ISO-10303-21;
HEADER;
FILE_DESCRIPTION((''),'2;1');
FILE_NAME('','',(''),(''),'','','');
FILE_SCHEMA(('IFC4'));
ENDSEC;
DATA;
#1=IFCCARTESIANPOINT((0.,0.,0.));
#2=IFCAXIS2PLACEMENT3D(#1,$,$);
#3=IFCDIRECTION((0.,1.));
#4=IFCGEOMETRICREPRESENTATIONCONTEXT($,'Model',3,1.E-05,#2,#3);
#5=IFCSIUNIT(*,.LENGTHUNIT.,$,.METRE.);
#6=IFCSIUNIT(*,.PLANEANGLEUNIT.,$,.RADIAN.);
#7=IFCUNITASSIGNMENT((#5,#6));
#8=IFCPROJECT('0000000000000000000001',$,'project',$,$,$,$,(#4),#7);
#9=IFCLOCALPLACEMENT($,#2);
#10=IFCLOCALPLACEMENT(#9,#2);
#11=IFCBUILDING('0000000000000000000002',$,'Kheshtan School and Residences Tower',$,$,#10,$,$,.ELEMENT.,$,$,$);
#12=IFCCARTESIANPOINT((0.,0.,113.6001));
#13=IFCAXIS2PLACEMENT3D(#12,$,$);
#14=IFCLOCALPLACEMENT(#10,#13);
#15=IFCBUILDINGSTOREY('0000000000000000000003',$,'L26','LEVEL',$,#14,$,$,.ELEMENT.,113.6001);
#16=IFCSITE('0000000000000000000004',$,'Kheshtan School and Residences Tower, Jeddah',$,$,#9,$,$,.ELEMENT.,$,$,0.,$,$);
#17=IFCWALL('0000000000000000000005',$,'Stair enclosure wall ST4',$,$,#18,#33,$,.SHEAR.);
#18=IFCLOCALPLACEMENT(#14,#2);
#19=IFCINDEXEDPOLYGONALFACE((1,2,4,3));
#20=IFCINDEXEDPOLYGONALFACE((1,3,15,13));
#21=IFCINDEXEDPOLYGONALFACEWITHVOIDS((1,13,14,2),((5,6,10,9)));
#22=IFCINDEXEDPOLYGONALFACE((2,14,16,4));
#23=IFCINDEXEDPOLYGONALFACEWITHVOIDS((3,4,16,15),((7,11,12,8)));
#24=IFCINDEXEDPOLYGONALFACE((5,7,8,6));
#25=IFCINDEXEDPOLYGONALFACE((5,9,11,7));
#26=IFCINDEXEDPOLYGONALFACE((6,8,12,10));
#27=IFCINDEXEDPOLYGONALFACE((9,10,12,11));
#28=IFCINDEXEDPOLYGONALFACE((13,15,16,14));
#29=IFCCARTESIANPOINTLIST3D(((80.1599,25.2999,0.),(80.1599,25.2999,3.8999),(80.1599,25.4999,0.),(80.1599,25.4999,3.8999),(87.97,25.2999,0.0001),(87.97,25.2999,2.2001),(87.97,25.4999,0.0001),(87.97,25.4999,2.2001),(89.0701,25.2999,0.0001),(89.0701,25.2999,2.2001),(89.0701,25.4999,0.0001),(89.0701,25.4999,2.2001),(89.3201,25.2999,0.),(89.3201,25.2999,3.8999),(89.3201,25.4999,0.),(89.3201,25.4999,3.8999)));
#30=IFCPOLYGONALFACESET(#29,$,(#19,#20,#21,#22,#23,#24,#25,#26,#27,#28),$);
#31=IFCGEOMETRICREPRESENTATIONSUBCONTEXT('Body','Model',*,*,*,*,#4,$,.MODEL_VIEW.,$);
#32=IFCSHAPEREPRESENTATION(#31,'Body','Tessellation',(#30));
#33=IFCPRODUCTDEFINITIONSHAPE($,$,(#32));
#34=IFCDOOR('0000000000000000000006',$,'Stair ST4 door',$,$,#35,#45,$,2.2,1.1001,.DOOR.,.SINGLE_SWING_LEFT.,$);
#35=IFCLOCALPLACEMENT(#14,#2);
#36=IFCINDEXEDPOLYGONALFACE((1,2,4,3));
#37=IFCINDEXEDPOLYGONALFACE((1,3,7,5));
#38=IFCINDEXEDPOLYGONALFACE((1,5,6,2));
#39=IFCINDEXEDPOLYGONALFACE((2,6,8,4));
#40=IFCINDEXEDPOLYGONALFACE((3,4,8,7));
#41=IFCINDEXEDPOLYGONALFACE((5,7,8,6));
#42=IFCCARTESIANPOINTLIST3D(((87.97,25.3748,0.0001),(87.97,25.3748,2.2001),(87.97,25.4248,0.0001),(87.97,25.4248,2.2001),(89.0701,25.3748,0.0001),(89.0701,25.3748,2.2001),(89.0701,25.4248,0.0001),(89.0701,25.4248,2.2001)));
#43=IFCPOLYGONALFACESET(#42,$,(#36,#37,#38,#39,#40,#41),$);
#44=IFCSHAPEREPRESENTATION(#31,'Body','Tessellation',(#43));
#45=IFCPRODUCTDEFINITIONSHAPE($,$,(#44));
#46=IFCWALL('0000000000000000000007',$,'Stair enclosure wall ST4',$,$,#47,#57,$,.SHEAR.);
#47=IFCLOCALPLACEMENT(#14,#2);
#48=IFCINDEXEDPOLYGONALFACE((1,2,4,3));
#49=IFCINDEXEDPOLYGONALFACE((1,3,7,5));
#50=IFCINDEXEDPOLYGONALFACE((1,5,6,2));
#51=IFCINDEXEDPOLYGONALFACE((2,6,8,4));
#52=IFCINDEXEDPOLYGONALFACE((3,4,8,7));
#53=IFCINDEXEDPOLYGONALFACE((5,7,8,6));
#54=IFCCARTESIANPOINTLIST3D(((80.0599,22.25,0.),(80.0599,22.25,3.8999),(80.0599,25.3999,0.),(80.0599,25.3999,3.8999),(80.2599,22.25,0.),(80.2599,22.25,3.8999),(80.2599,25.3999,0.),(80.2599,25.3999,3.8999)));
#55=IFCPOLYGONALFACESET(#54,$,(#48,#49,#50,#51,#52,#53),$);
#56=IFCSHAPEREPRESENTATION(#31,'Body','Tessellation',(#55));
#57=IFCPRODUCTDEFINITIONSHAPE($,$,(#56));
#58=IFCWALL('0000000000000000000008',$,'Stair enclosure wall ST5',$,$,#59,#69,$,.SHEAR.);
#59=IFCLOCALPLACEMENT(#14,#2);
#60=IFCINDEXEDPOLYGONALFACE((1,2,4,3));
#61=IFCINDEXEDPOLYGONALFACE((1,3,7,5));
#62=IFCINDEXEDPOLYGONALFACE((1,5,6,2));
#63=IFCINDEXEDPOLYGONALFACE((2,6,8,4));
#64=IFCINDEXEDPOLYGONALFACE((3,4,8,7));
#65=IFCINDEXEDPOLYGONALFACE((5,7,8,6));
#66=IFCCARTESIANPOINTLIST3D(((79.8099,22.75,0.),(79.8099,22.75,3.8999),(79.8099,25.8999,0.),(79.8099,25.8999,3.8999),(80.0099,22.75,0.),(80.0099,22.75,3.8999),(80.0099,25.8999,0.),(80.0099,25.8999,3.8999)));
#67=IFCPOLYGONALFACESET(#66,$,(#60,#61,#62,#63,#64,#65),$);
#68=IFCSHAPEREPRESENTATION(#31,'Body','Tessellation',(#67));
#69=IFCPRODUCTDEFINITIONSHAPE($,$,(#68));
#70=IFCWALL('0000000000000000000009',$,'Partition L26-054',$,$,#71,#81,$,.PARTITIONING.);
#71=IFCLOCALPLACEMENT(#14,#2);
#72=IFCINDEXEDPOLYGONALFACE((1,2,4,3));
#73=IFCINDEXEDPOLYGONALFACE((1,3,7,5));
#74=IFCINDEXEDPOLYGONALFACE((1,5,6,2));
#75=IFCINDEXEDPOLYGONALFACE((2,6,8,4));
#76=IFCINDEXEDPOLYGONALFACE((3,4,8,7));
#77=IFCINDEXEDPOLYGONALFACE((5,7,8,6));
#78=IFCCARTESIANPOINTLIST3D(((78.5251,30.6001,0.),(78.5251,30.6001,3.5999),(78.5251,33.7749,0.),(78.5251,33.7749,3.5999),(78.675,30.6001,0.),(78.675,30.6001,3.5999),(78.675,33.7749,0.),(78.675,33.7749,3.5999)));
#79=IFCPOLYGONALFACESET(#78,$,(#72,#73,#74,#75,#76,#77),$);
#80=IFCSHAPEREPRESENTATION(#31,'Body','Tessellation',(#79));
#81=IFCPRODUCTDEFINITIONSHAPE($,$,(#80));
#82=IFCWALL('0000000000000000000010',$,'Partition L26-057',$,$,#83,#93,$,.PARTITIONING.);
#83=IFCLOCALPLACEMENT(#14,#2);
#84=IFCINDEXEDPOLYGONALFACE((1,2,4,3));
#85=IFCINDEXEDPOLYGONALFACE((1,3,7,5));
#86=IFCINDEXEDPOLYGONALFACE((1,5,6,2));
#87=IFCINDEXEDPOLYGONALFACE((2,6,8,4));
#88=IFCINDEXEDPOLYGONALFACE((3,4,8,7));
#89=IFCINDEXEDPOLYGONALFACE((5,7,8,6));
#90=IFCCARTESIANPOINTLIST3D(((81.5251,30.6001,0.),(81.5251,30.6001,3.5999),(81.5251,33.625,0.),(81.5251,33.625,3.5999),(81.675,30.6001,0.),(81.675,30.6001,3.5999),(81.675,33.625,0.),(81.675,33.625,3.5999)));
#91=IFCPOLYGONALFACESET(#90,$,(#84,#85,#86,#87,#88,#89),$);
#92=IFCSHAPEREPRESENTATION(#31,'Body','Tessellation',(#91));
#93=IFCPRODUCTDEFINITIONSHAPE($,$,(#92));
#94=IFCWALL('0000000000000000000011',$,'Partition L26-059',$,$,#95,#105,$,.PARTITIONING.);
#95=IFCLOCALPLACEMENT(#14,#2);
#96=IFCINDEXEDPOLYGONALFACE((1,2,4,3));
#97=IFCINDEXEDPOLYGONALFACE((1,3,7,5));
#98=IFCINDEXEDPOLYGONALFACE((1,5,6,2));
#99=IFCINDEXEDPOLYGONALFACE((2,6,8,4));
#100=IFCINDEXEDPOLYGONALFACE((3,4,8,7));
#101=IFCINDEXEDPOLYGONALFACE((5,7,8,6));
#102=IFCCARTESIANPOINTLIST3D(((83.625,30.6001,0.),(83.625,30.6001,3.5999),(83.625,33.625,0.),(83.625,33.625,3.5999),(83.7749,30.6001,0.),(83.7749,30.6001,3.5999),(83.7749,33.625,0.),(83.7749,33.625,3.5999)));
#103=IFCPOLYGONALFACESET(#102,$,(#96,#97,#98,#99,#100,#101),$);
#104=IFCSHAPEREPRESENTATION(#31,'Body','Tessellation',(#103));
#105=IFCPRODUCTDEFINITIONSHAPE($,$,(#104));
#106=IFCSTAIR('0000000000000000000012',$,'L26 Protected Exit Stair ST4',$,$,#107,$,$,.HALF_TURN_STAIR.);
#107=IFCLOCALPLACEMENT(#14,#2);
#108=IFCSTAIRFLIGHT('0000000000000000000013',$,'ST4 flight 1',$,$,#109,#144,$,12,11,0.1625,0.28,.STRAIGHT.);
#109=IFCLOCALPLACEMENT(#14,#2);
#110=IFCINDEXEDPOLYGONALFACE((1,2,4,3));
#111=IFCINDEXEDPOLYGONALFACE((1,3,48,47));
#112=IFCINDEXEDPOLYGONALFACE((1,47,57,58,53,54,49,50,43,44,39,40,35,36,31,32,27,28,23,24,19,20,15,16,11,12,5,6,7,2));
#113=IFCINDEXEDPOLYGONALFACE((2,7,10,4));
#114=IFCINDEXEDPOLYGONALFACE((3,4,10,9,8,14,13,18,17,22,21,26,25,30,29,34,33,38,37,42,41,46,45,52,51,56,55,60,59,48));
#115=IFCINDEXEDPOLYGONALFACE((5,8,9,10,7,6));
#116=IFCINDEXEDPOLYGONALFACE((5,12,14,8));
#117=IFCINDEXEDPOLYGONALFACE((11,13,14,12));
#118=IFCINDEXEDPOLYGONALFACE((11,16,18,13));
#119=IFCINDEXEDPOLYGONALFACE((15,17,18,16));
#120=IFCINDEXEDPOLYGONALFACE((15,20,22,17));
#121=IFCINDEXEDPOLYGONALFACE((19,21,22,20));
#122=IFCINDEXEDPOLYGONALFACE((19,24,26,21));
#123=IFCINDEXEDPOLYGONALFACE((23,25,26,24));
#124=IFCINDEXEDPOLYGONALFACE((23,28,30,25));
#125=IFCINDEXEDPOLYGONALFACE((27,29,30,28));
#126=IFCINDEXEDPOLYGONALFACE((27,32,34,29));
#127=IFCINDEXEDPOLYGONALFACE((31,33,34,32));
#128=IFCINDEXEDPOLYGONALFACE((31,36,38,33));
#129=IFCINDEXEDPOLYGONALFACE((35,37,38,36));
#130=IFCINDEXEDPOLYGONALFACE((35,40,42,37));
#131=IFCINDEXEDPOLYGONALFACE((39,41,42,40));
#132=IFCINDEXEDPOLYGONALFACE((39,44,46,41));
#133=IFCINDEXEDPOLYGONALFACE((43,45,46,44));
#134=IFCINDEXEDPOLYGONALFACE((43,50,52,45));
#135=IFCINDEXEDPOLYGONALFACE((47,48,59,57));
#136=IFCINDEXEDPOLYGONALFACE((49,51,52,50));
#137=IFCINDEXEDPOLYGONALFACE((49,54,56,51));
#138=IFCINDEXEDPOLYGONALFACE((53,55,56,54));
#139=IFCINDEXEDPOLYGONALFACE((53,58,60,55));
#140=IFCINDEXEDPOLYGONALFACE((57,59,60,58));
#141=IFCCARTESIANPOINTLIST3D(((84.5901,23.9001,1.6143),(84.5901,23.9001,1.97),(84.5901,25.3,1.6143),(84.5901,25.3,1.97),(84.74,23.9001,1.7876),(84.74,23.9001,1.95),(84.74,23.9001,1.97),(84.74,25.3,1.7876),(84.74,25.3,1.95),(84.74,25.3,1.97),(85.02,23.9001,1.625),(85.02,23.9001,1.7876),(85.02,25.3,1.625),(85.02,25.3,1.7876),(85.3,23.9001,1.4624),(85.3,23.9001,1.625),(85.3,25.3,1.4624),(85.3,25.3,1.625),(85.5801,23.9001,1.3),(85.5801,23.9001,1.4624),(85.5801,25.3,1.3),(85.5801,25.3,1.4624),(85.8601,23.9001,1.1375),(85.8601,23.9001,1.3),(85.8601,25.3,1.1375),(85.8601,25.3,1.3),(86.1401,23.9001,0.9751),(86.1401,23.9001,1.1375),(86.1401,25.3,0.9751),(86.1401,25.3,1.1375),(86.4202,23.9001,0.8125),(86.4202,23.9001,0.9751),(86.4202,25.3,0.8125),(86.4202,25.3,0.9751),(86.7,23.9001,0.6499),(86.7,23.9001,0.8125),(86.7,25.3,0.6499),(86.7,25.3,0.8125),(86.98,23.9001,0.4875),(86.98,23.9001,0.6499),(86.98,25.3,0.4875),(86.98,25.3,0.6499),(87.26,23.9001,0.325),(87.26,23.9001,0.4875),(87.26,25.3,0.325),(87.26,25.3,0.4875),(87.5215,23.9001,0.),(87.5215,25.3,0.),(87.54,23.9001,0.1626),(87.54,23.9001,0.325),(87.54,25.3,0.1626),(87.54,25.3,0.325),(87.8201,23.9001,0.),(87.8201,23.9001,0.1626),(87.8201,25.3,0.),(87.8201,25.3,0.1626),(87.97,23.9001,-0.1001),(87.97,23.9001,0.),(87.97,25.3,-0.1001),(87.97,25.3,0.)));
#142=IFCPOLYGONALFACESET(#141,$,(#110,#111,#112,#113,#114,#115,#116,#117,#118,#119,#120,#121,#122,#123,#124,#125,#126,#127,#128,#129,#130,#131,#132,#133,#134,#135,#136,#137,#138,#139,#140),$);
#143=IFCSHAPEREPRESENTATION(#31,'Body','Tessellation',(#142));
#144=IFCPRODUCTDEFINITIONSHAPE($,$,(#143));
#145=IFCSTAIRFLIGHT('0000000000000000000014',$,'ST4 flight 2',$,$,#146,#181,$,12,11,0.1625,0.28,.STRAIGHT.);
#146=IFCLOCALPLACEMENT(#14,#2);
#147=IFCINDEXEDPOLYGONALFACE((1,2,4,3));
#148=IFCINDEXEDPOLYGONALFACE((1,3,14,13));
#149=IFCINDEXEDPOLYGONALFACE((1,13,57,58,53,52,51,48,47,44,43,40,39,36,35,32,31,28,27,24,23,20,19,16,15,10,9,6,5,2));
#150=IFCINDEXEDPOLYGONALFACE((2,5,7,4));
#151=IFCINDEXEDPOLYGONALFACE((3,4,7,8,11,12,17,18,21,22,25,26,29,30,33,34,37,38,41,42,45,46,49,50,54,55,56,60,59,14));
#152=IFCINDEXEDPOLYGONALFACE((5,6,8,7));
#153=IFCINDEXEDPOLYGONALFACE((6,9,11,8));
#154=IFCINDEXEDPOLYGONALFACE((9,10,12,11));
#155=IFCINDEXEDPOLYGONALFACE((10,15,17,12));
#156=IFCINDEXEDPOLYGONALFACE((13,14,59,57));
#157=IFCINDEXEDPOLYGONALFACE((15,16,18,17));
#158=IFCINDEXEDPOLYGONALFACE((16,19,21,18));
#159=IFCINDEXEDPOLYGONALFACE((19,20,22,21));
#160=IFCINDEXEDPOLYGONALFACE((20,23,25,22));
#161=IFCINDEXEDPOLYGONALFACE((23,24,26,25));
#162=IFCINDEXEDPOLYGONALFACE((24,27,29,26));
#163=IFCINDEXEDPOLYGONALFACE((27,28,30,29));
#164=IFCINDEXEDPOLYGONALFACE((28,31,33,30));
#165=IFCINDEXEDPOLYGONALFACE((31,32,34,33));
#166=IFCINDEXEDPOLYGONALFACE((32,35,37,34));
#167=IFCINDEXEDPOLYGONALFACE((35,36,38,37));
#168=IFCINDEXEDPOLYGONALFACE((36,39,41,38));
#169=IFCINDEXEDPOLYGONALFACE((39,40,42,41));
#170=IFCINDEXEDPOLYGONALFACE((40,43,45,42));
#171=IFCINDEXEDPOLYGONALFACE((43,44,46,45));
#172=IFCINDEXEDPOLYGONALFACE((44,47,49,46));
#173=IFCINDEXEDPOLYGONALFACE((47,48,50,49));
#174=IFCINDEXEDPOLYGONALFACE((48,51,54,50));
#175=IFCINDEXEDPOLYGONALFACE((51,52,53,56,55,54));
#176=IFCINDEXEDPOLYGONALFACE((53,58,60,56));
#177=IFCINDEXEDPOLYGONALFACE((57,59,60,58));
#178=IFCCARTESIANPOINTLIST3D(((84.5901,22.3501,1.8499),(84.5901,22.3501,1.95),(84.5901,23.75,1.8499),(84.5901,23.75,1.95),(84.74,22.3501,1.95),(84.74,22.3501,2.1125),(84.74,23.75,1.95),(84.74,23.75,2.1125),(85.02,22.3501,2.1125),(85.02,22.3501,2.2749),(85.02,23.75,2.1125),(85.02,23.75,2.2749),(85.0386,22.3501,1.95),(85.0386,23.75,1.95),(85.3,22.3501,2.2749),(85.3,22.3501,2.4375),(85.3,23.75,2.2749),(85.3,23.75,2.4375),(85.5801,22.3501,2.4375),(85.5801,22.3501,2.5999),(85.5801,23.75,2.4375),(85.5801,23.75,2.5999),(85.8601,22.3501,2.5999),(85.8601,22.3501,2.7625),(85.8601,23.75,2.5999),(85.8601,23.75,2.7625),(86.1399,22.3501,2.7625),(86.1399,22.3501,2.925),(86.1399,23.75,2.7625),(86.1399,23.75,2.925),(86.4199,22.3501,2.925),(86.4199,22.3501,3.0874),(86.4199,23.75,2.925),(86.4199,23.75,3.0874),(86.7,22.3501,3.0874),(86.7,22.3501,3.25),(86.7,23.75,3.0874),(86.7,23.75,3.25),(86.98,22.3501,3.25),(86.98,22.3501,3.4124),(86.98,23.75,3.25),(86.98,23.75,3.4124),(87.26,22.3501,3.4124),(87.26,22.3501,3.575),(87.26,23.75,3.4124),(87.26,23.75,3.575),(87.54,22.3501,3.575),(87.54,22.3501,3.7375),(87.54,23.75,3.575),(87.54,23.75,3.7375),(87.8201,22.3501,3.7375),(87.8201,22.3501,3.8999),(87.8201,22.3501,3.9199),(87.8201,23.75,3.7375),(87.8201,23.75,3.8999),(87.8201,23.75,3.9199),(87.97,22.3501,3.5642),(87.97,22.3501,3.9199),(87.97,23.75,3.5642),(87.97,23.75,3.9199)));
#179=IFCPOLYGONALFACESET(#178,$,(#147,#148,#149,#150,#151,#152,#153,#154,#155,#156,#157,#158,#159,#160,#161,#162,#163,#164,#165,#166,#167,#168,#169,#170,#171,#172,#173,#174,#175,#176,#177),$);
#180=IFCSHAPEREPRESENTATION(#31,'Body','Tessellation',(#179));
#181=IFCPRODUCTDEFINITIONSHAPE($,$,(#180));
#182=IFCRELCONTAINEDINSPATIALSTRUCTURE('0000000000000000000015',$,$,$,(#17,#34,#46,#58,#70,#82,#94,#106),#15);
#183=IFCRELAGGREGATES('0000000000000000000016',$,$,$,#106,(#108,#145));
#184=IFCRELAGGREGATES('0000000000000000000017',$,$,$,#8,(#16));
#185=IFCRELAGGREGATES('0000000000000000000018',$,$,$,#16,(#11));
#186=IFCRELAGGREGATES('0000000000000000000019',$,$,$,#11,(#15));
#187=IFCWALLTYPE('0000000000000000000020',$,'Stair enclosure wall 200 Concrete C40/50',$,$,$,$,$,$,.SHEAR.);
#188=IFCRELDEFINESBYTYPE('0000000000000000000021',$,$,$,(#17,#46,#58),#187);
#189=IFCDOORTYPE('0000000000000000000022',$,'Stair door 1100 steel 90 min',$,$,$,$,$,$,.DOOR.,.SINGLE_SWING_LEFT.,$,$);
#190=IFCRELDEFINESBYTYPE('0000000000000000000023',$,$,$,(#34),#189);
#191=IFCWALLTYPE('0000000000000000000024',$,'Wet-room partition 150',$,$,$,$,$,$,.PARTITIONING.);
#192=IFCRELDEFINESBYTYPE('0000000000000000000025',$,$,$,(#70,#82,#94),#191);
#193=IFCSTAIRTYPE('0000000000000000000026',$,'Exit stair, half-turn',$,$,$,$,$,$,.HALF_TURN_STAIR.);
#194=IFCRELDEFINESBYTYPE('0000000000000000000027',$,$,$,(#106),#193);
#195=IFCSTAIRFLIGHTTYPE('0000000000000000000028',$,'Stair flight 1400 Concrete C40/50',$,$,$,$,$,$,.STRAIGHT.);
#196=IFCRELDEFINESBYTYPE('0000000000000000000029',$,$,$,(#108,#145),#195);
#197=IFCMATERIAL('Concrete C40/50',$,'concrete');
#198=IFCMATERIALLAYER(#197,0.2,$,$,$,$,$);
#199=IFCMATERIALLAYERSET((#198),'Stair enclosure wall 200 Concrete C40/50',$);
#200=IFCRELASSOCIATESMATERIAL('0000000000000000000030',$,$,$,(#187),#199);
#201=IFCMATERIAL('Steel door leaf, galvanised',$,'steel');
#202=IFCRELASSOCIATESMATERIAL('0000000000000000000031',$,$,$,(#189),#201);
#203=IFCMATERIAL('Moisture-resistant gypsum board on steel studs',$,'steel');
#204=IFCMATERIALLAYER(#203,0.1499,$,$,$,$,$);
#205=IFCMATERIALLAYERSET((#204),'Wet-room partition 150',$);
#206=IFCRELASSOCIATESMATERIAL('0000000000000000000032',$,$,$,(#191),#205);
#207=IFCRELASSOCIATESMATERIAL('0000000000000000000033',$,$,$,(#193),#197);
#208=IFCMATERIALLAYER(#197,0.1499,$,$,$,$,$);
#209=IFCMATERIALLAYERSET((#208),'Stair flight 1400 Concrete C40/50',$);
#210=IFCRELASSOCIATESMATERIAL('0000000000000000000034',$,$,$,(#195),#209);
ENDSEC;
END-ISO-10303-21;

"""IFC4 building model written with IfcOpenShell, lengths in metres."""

from ifc_helpers import new_model, si_unit, direction, frame, frame_2d, origin, place, context, subcontext, project, spatial, polyline, rectangle, outline, extrude, source, transform, mapped, material, layer, layer_set, type_object, element, fill, aggregate, save


model = new_model("IFC4")

# Units and contexts
model_context = context("Model", 3, precision=1e-05, world=origin(), true_north=direction((0.0, 1.0)))
body_context = subcontext(model_context, "Body", "Model", "MODEL_VIEW")
ifc_project = project(units=[si_unit("LENGTHUNIT", "METRE"), si_unit("PLANEANGLEUNIT", "RADIAN")], contexts=[model_context])

# Site, building, storey
site_placement = place(None, origin())
site = spatial("IfcSite", under=ifc_project, at=site_placement, Name="Kheshtan School and Residences Tower, Jeddah", CompositionType="ELEMENT", RefElevation=0.0)
building_placement = place(site_placement, origin())
building = spatial("IfcBuilding", under=site, at=building_placement, Name="Kheshtan School and Residences Tower", CompositionType="ELEMENT")
storey_placement = place(building_placement, frame((0.0, 0.0, 113.6001)))
storey = spatial("IfcBuildingStorey", under=building, at=storey_placement, Name="L26", Description="LEVEL", CompositionType="ELEMENT", Elevation=113.6001)

# Shared definitions
ifc_material_1 = material(Name="Concrete C40/50", Category="concrete")
ifc_layer_1 = layer(ifc_material_1, 0.2)
ifc_layer_set_1 = layer_set([ifc_layer_1], Name="Stair enclosure wall 200 Concrete C40/50")
wall_type_1 = type_object("IfcWallType", Name="Stair enclosure wall 200 Concrete C40/50", PredefinedType="SHEAR", material=ifc_layer_set_1)

# Wall, opening, door
wall_1_placement = place(storey_placement, frame((80.1599, 25.3999, 0.0), z_axis=(0.0, 0.0, 1.0), x_axis=(1.0, 0.0, 0.0)))
wall_1 = element("IfcWall", 1, at=wall_1_placement, inside=storey, type_object=wall_type_1, Name="Stair enclosure wall ST4", PredefinedType="SHEAR", context=body_context, shape_type="SweptSolid", body=[
    extrude(rectangle(XDim=9.1602, YDim=0.2, at=frame_2d((4.5801, 0.0))), origin(), (0.0, 0.0, 1.0), 3.8999),
])
opening_placement = place(wall_1_placement, frame((7.8101, 0.0, 0.0)))
opening = element("IfcOpeningElement", 2, at=opening_placement, cuts=wall_1, PredefinedType="OPENING", context=body_context, shape_type="SweptSolid", body=[
    extrude(rectangle(XDim=1.1001, YDim=2.2, at=frame_2d((0.55, 1.1001))), frame((0.0, 0.1099, 0.0), z_axis=(0.0, -1.0, 0.0), x_axis=(1.0, 0.0, 0.0)), (0.0, 0.0, 1.0), 0.22),
])
ifc_material_2 = material(Name="Steel door leaf, galvanised", Category="steel")
door_type = type_object("IfcDoorType", Name="Stair door 1100 steel 90 min", OperationType="SINGLE_SWING_LEFT", PredefinedType="DOOR", material=ifc_material_2)
shared_shape = source(origin(), body_context, "Body", "SweptSolid", [
    extrude(rectangle(XDim=1.1001, YDim=2.2, at=frame_2d((0.55, 1.1001))), frame((0.0, 0.0249, 0.0), z_axis=(0.0, -1.0, 0.0), x_axis=(1.0, 0.0, 0.0)), (0.0, 0.0, 1.0), 0.05),
])
door_placement = place(opening_placement, origin())
door = element("IfcDoor", 3, at=door_placement, inside=storey, type_object=door_type, Name="Stair ST4 door", OperationType="SINGLE_SWING_LEFT", OverallHeight=2.2, OverallWidth=1.1001, PredefinedType="DOOR", context=body_context, shape_type="MappedRepresentation", body=[
    mapped(shared_shape, transform((0.0, 0.0, 0.0), x_axis=(1.0, 0.0, 0.0), y_axis=(0.0, 1.0, 0.0), z_axis=(0.0, 0.0, 1.0), scale=1.0)),
])
fill(opening, door)

# Walls
for number, where, z_axis, x_axis, name in (
    (4, (80.1599, 22.25, 0.0), (0.0, 0.0, 1.0), (0.0, 1.0, 0.0), "Stair enclosure wall ST4"),
    (5, (79.9099, 22.75, 0.0), (0.0, 0.0, 1.0), (0.0, 1.0, 0.0), "Stair enclosure wall ST5"),
):
    element("IfcWall", number, at=place(storey_placement, frame(where, z_axis=z_axis, x_axis=x_axis)), inside=storey, type_object=wall_type_1, Name=name, PredefinedType="SHEAR", context=body_context, shape_type="SweptSolid", body=[
        extrude(rectangle(XDim=3.1499, YDim=0.2, at=frame_2d((1.575, 0.0))), origin(), (0.0, 0.0, 1.0), 3.8999),
    ])
ifc_material_3 = material(Name="Moisture-resistant gypsum board on steel studs", Category="steel")
ifc_layer_2 = layer(ifc_material_3, 0.1499)
ifc_layer_set_2 = layer_set([ifc_layer_2], Name="Wet-room partition 150")
wall_type_2 = type_object("IfcWallType", Name="Wet-room partition 150", PredefinedType="PARTITIONING", material=ifc_layer_set_2)
wall_2_placement = place(storey_placement, frame((78.6001, 30.6001, 0.0), z_axis=(0.0, 0.0, 1.0), x_axis=(0.0, 1.0, 0.0)))
element("IfcWall", 6, at=wall_2_placement, inside=storey, type_object=wall_type_2, Name="Partition L26-054", PredefinedType="PARTITIONING", context=body_context, shape_type="SweptSolid", body=[
    extrude(rectangle(XDim=3.1748, YDim=0.1499, at=frame_2d((1.5874, 0.0))), origin(), (0.0, 0.0, 1.0), 3.5999),
])
for number, where, z_axis, x_axis, name in (
    (7, (81.6001, 30.6001, 0.0), (0.0, 0.0, 1.0), (0.0, 1.0, 0.0), "Partition L26-057"),
    (8, (83.7, 30.6001, 0.0), (0.0, 0.0, 1.0), (0.0, 1.0, 0.0), "Partition L26-059"),
):
    element("IfcWall", number, at=place(storey_placement, frame(where, z_axis=z_axis, x_axis=x_axis)), inside=storey, type_object=wall_type_2, Name=name, PredefinedType="PARTITIONING", context=body_context, shape_type="SweptSolid", body=[
        extrude(rectangle(XDim=3.0249, YDim=0.1499, at=frame_2d((1.5125, 0.0))), origin(), (0.0, 0.0, 1.0), 3.5999),
    ])

# Stair, stair flights
stair_type = type_object("IfcStairType", Name="Exit stair, half-turn", PredefinedType="HALF_TURN_STAIR", material=ifc_material_1)
stair_1_placement = place(storey_placement, origin())
stair_1 = element("IfcStair", 9, at=stair_1_placement, inside=storey, type_object=stair_type, Name="L26 Protected Exit Stair ST4", PredefinedType="HALF_TURN_STAIR")
ifc_layer_3 = layer(ifc_material_1, 0.1499)
ifc_layer_set_3 = layer_set([ifc_layer_3], Name="Stair flight 1400 Concrete C40/50")
stair_flight_type = type_object("IfcStairFlightType", Name="Stair flight 1400 Concrete C40/50", PredefinedType="STRAIGHT", material=ifc_layer_set_3)
stair_flight_1_placement = place(storey_placement, frame((87.8201, 24.6001, 0.0), z_axis=(0.0, 0.0, 1.0), x_axis=(-1.0, 0.0, 0.0)))
stair_flight_1 = element("IfcStairFlight", 10, at=stair_flight_1_placement, type_object=stair_flight_type, Name="ST4 flight 1", NumberOfRisers=12, NumberOfTreads=11, PredefinedType="STRAIGHT", RiserHeight=0.1625, TreadLength=0.28, context=body_context, shape_type="SweptSolid", body=[
    extrude(outline(polyline([(-0.1499, -0.1001), (-0.1499, 0.0), (0.0, 0.0), (0.0, 0.1626), (0.28, 0.1626), (0.28, 0.325), (0.5601, 0.325), (0.5601, 0.4875), (0.8401, 0.4875), (0.8401, 0.6499), (1.1201, 0.6499), (1.1201, 0.8125), (1.3999, 0.8125), (1.3999, 0.9751), (1.6799, 0.9751), (1.6799, 1.1375), (1.96, 1.1375), (1.96, 1.3), (2.24, 1.3), (2.24, 1.4624), (2.52, 1.4624), (2.52, 1.625), (2.8, 1.625), (2.8, 1.7876), (3.0801, 1.7876), (3.0801, 1.95), (3.0801, 1.97), (3.23, 1.97), (3.23, 1.6143), (0.2986, 0.0), (-0.1499, -0.1001)])), frame((0.0, 0.7, 0.0), z_axis=(0.0, -1.0, 0.0), x_axis=(1.0, 0.0, 0.0)), (0.0, 0.0, 1.0), 1.3999),
])
stair_flight_2_placement = place(storey_placement, frame((84.74, 23.05, 1.95), z_axis=(0.0, 0.0, 1.0), x_axis=(1.0, 0.0, 0.0)))
stair_flight_2 = element("IfcStairFlight", 11, at=stair_flight_2_placement, type_object=stair_flight_type, Name="ST4 flight 2", NumberOfRisers=12, NumberOfTreads=11, PredefinedType="STRAIGHT", RiserHeight=0.1625, TreadLength=0.28, context=body_context, shape_type="SweptSolid", body=[
    extrude(outline(polyline([(-0.1499, -0.1001), (-0.1499, 0.0), (0.0, 0.0), (0.0, 0.1626), (0.28, 0.1626), (0.28, 0.325), (0.5601, 0.325), (0.5601, 0.4875), (0.8401, 0.4875), (0.8401, 0.6499), (1.1201, 0.6499), (1.1201, 0.8125), (1.3999, 0.8125), (1.3999, 0.9751), (1.6799, 0.9751), (1.6799, 1.1375), (1.96, 1.1375), (1.96, 1.3), (2.24, 1.3), (2.24, 1.4624), (2.52, 1.4624), (2.52, 1.625), (2.8, 1.625), (2.8, 1.7876), (3.0801, 1.7876), (3.0801, 1.95), (3.0801, 1.97), (3.23, 1.97), (3.23, 1.6143), (0.2986, 0.0), (-0.1499, -0.1001)])), frame((0.0, 0.7, 0.0), z_axis=(0.0, -1.0, 0.0), x_axis=(1.0, 0.0, 0.0)), (0.0, 0.0, 1.0), 1.3999),
])
aggregate(stair_1, [stair_flight_1, stair_flight_2])

save(model, "model.ifc")
